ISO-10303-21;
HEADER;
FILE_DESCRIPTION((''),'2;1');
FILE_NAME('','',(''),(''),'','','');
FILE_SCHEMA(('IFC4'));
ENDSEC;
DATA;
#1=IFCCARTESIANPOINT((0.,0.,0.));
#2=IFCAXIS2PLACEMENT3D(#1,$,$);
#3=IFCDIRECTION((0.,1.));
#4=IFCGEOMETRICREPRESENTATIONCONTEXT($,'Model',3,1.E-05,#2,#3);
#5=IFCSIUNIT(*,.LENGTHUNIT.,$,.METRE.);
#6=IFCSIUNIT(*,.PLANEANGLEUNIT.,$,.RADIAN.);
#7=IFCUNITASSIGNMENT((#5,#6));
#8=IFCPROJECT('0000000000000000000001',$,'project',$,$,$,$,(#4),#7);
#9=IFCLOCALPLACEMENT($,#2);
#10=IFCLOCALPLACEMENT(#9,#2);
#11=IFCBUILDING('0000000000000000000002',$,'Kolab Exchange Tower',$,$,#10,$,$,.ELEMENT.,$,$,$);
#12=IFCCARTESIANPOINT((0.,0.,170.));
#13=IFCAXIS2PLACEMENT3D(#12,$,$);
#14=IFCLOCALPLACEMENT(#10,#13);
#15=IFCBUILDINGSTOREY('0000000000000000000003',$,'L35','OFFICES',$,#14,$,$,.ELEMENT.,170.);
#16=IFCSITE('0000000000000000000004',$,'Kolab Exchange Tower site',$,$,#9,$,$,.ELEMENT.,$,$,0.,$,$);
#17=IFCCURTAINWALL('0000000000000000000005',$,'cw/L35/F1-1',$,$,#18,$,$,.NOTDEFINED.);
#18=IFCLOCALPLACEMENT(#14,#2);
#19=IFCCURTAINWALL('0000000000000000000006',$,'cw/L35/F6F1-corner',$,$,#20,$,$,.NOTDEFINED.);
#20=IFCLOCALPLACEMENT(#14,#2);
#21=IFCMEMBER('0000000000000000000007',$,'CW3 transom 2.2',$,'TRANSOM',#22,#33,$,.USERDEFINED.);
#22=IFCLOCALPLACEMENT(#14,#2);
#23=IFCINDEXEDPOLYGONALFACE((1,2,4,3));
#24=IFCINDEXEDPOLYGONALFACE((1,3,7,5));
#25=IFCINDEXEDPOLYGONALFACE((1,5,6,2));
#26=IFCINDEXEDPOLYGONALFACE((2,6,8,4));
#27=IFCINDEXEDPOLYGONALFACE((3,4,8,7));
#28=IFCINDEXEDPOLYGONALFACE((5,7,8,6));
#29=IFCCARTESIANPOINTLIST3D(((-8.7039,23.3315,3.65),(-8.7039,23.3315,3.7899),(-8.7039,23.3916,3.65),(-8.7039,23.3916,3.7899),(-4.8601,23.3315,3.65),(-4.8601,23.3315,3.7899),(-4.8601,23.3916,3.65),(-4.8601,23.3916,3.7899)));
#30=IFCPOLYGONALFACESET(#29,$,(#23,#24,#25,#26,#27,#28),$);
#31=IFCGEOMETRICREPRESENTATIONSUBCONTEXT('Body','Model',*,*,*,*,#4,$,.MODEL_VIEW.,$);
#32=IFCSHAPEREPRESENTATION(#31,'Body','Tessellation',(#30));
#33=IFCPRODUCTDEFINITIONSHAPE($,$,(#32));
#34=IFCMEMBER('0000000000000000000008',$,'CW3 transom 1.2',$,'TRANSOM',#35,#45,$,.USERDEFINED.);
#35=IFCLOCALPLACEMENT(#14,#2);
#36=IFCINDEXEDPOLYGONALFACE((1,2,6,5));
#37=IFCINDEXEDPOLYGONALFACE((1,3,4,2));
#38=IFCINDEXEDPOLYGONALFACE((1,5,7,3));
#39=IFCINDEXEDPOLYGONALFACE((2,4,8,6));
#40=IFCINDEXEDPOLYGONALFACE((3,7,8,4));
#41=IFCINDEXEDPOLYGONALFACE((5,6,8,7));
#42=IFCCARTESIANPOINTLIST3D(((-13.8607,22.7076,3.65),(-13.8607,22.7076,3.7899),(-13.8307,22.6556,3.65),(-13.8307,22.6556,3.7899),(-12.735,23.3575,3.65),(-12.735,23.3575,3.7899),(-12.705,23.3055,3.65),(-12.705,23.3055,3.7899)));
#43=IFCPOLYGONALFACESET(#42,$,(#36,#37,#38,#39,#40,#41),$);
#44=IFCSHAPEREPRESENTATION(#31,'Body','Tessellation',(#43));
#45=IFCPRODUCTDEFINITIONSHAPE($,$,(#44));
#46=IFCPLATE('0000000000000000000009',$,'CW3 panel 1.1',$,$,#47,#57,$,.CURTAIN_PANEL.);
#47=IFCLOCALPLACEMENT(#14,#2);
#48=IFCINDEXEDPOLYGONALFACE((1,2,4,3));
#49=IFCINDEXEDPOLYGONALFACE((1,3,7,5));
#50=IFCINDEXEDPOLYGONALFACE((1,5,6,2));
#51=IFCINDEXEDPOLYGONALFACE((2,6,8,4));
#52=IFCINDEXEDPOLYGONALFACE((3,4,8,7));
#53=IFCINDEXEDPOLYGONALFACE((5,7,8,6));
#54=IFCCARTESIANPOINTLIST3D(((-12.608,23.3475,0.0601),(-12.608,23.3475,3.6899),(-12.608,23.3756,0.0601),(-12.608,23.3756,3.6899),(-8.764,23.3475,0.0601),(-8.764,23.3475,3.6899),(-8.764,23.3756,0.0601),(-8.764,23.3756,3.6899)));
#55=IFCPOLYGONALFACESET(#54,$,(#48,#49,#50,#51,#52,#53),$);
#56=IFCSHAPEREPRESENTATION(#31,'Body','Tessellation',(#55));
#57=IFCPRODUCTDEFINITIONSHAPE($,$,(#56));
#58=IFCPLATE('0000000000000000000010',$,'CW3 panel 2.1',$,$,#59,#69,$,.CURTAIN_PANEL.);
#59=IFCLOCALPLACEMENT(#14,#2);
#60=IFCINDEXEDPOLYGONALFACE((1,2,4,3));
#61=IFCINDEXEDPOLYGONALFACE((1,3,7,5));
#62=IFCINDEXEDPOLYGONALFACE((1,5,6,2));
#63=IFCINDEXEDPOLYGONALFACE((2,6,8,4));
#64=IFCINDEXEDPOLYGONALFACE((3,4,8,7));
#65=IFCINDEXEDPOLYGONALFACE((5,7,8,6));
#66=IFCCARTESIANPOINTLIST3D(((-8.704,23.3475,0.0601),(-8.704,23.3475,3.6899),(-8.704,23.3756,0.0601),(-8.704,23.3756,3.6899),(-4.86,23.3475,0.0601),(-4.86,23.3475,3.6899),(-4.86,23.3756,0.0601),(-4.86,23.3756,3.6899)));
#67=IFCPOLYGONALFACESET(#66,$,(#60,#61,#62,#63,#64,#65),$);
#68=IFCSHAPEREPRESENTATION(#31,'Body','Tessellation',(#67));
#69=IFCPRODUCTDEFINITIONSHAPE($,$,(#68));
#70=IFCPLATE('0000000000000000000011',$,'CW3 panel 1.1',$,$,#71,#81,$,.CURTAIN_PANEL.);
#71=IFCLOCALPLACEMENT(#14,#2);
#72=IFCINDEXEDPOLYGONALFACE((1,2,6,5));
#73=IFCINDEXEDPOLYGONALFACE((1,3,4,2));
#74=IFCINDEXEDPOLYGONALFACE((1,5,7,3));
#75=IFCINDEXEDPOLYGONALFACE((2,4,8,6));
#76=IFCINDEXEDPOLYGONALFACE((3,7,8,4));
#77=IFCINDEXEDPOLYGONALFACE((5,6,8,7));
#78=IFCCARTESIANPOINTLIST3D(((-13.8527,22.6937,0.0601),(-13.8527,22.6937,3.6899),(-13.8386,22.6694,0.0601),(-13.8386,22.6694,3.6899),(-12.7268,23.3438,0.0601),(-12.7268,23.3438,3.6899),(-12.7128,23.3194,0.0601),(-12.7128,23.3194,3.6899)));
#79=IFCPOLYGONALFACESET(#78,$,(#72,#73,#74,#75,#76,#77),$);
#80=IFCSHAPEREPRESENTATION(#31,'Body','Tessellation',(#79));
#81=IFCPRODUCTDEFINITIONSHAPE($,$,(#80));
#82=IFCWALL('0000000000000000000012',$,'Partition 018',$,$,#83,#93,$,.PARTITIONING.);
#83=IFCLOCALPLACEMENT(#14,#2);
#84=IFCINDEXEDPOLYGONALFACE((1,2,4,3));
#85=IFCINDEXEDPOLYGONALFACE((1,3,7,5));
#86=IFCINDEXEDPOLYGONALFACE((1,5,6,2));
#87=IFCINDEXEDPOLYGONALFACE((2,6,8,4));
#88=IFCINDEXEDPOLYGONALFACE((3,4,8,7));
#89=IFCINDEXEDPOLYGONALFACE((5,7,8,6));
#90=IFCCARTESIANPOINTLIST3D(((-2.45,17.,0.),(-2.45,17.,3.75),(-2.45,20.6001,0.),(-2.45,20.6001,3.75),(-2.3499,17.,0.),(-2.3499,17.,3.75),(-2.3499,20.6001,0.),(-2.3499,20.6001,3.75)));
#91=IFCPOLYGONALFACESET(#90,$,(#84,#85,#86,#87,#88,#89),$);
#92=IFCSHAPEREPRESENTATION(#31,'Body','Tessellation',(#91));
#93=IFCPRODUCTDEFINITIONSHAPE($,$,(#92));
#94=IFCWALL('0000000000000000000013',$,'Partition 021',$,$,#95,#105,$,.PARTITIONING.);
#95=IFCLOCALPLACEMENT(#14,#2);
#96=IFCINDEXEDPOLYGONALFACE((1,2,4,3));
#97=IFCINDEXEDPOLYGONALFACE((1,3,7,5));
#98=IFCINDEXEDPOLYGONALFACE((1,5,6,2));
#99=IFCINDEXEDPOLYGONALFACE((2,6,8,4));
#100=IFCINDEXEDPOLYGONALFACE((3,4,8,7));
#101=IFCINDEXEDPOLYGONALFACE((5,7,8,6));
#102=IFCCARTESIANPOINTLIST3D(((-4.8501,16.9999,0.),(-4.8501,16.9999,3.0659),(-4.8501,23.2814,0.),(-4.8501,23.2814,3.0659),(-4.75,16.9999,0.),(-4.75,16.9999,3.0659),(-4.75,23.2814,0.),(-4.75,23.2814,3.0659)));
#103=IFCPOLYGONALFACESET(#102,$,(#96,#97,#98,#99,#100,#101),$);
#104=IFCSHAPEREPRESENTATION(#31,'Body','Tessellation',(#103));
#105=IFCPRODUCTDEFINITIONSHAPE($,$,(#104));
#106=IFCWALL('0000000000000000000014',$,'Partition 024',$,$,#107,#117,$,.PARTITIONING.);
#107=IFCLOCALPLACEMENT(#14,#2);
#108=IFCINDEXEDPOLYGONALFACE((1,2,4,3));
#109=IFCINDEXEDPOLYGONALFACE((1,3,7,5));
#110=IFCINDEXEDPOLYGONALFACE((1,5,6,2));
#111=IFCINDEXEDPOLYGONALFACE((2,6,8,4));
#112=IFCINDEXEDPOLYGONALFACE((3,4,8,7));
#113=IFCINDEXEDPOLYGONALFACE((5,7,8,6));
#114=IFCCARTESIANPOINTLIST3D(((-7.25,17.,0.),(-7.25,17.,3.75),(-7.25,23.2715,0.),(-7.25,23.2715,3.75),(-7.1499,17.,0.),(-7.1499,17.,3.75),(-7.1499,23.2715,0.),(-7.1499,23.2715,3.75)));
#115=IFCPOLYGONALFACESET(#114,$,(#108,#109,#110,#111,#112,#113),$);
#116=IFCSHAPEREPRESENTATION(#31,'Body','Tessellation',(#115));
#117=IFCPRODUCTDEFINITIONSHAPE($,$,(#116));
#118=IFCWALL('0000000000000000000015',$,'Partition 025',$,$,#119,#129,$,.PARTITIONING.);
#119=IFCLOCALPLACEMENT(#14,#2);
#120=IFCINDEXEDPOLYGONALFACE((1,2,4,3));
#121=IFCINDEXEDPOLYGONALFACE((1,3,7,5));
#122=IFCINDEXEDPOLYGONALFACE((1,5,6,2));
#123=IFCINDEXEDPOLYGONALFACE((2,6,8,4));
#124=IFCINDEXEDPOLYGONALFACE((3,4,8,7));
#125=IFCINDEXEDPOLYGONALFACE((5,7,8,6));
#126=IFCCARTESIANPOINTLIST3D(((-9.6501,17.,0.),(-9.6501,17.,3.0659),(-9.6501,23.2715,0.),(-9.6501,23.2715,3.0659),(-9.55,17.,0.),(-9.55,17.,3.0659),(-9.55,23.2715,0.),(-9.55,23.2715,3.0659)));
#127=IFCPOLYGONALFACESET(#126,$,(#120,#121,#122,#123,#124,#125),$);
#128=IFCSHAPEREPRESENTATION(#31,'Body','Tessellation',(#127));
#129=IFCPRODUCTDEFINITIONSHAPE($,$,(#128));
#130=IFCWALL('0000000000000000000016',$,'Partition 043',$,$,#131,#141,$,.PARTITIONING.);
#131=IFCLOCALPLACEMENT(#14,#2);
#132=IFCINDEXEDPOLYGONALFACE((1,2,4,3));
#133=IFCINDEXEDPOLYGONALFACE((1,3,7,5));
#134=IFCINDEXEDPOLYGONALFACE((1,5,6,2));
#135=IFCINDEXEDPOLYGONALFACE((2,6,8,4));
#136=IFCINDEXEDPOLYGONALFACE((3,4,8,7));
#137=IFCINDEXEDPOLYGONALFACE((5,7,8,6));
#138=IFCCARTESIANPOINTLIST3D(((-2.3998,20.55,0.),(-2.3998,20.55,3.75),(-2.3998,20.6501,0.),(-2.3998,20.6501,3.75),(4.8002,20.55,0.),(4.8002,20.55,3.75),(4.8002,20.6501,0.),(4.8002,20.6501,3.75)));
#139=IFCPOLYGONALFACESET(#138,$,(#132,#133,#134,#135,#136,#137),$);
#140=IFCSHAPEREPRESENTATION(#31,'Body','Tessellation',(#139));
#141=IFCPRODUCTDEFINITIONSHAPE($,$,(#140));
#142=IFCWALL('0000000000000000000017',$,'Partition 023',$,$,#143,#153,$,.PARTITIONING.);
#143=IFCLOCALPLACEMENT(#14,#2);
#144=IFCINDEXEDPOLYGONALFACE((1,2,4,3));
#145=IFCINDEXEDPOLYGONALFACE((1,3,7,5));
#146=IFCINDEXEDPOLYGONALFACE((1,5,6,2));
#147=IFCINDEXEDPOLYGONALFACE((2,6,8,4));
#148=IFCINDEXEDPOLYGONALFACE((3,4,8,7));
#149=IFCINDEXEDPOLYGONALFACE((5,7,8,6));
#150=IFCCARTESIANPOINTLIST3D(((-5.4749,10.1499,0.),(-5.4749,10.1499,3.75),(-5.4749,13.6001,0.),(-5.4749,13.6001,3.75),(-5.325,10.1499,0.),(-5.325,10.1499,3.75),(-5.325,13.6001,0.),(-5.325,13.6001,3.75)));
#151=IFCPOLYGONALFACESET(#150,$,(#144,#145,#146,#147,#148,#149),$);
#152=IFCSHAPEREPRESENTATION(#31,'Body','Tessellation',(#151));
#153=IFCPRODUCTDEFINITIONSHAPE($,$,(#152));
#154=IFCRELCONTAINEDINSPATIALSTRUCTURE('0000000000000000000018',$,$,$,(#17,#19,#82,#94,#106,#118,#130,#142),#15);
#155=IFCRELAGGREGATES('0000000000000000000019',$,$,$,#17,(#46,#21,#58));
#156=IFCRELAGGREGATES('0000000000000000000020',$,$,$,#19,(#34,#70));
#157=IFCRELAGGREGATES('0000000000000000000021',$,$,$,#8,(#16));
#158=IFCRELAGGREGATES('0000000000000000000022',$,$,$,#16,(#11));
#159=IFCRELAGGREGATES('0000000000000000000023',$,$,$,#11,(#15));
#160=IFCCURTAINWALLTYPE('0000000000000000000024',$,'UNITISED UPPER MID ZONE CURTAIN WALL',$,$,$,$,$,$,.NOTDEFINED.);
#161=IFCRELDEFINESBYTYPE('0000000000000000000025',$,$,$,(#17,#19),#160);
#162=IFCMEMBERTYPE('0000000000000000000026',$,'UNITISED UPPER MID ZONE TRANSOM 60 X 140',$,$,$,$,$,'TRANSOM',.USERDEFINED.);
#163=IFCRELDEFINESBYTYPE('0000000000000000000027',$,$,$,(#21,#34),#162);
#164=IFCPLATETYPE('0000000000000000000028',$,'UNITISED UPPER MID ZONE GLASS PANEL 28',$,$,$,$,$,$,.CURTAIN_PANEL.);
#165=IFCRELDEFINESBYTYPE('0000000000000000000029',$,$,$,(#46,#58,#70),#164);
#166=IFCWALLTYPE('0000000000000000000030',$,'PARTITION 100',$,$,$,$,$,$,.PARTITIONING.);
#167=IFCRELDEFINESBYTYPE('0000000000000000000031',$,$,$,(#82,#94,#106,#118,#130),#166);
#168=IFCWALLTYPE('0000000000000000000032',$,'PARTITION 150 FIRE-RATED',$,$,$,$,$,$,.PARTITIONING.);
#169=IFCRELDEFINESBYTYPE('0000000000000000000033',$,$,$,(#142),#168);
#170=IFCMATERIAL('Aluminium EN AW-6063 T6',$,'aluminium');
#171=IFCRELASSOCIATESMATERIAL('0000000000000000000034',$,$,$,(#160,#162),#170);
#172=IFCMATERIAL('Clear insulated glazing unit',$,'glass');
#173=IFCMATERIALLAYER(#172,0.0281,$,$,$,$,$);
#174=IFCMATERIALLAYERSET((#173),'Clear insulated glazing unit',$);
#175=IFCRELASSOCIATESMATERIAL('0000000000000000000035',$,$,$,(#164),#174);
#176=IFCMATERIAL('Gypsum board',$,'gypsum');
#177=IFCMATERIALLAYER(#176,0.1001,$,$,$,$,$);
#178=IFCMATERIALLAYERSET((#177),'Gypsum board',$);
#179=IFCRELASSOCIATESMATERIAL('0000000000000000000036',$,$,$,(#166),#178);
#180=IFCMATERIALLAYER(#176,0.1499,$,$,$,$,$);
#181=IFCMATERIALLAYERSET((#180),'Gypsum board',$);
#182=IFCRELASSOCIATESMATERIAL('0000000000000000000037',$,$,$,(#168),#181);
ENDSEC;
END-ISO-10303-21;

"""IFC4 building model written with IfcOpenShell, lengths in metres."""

from ifc_helpers import new_model, si_unit, direction, frame, frame_2d, origin, origin_2d, place, context, subcontext, project, spatial, rectangle, extrude, material, layer, layer_set, material_profile, profile_set, type_object, element, aggregate, save


model = new_model("IFC4")

# Units and contexts
model_context = context("Model", 3, precision=1e-05, world=origin(), true_north=direction((0.0, 1.0)))
body_context = subcontext(model_context, "Body", "Model", "MODEL_VIEW")
ifc_project = project(units=[si_unit("LENGTHUNIT", "METRE"), si_unit("PLANEANGLEUNIT", "RADIAN")], contexts=[model_context])

# Site, building, storey
site_placement = place(None, origin())
site = spatial("IfcSite", under=ifc_project, at=site_placement, Name="Kolab Exchange Tower site", CompositionType="ELEMENT", RefElevation=0.0)
building_placement = place(site_placement, origin())
building = spatial("IfcBuilding", under=site, at=building_placement, Name="Kolab Exchange Tower", CompositionType="ELEMENT")
storey_placement = place(building_placement, frame((0.0, 0.0, 170.0)))
storey = spatial("IfcBuildingStorey", under=building, at=storey_placement, Name="L35", Description="OFFICES", CompositionType="ELEMENT", Elevation=170.0)

# Curtain wall
ifc_material_1 = material(Name="Aluminium EN AW-6063 T6", Category="aluminium")
curtain_wall_type = type_object("IfcCurtainWallType", Name="UNITISED UPPER MID ZONE CURTAIN WALL", PredefinedType="NOTDEFINED", material=ifc_material_1)
curtain_wall_1_placement = place(storey_placement, origin())
curtain_wall_1 = element("IfcCurtainWall", 1, at=curtain_wall_1_placement, inside=storey, type_object=curtain_wall_type, Name="cw/L35/F1-1", PredefinedType="NOTDEFINED")

# Curtain wall
curtain_wall_2_placement = place(storey_placement, origin())
curtain_wall_2 = element("IfcCurtainWall", 2, at=curtain_wall_2_placement, inside=storey, type_object=curtain_wall_type, Name="cw/L35/F6F1-corner", PredefinedType="NOTDEFINED")

# Members
ifc_material_profile_1 = material_profile(ifc_material_1, rectangle(XDim=0.0601, YDim=0.1399, at=origin_2d()), Name="RECT 60X140")
ifc_profile_set_1 = profile_set([ifc_material_profile_1], Name="Aluminium EN AW-6063 T6")
member_type_1 = type_object("IfcMemberType", Name="UNITISED UPPER MID ZONE TRANSOM 60 X 140", ElementType="TRANSOM", PredefinedType="USERDEFINED", material=ifc_profile_set_1)
member_1_placement = place(storey_placement, frame((-8.7039, 23.3616, 3.72), z_axis=(1.0, 0.0, 0.0), x_axis=(0.0, 1.0, 0.0)))
member_1 = element("IfcMember", 3, at=member_1_placement, type_object=member_type_1, Name="CW3 transom 2.2", ObjectType="TRANSOM", PredefinedType="USERDEFINED", context=body_context, shape_type="SweptSolid", body=[
    extrude(rectangle(XDim=0.0601, YDim=0.1399, at=origin_2d()), origin(), (0.0, 0.0, 1.0), 3.8438),
])
member_2_placement = place(storey_placement, frame((-13.8457, 22.6816, 3.72), z_axis=(0.866039, 0.499977, 0.0), x_axis=(-0.499977, 0.866039, 0.0)))
member_2 = element("IfcMember", 4, at=member_2_placement, type_object=member_type_1, Name="CW3 transom 1.2", ObjectType="TRANSOM", PredefinedType="USERDEFINED", context=body_context, shape_type="SweptSolid", body=[
    extrude(rectangle(XDim=0.0601, YDim=0.1399, at=origin_2d()), origin(), (0.0, 0.0, 1.0), 1.2998),
])

# Plates
ifc_material_2 = material(Name="Clear insulated glazing unit", Category="glass")
ifc_layer_1 = layer(ifc_material_2, 0.0281)
ifc_layer_set_1 = layer_set([ifc_layer_1], Name="Clear insulated glazing unit")
plate_type = type_object("IfcPlateType", Name="UNITISED UPPER MID ZONE GLASS PANEL 28", PredefinedType="CURTAIN_PANEL", material=ifc_layer_set_1)
plate_1_placement = place(storey_placement, frame((-10.686, 23.3616, 0.0601), z_axis=(0.0, 0.0, 1.0), x_axis=(1.0, 0.0, 0.0)))
plate_1 = element("IfcPlate", 5, at=plate_1_placement, type_object=plate_type, Name="CW3 panel 1.1", PredefinedType="CURTAIN_PANEL", context=body_context, shape_type="SweptSolid", body=[
    extrude(rectangle(XDim=3.844, YDim=0.0281, at=origin_2d()), origin(), (0.0, 0.0, 1.0), 3.6299),
])
plate_2_placement = place(storey_placement, frame((-6.782, 23.3616, 0.0601), z_axis=(0.0, 0.0, 1.0), x_axis=(1.0, 0.0, 0.0)))
plate_2 = element("IfcPlate", 6, at=plate_2_placement, type_object=plate_type, Name="CW3 panel 2.1", PredefinedType="CURTAIN_PANEL", context=body_context, shape_type="SweptSolid", body=[
    extrude(rectangle(XDim=3.844, YDim=0.0281, at=origin_2d()), origin(), (0.0, 0.0, 1.0), 3.6299),
])
aggregate(curtain_wall_1, [plate_1, member_1, plate_2])
plate_3_placement = place(storey_placement, frame((-13.2827, 23.0066, 0.0601), z_axis=(0.0, 0.0, 1.0), x_axis=(0.866025, 0.5, 0.0)))
plate_3 = element("IfcPlate", 7, at=plate_3_placement, type_object=plate_type, Name="CW3 panel 1.1", PredefinedType="CURTAIN_PANEL", context=body_context, shape_type="SweptSolid", body=[
    extrude(rectangle(XDim=1.3, YDim=0.0281, at=origin_2d()), origin(), (0.0, 0.0, 1.0), 3.6299),
])
aggregate(curtain_wall_2, [member_2, plate_3])

# Walls
ifc_material_3 = material(Name="Gypsum board", Category="gypsum")
ifc_layer_2 = layer(ifc_material_3, 0.1001)
ifc_layer_set_2 = layer_set([ifc_layer_2], Name="Gypsum board")
wall_type_1 = type_object("IfcWallType", Name="PARTITION 100", PredefinedType="PARTITIONING", material=ifc_layer_set_2)
wall_1_placement = place(storey_placement, frame((-2.3999, 17.0, 0.0), z_axis=(0.0, 0.0, 1.0), x_axis=(0.0, 1.0, 0.0)))
element("IfcWall", 8, at=wall_1_placement, inside=storey, type_object=wall_type_1, Name="Partition 018", PredefinedType="PARTITIONING", context=body_context, shape_type="SweptSolid", body=[
    extrude(rectangle(XDim=3.6001, YDim=0.1001, at=frame_2d((1.8, 0.0))), origin(), (0.0, 0.0, 1.0), 3.75),
])
wall_2_placement = place(storey_placement, frame((-4.8, 17.0, 0.0), z_axis=(0.0, 0.0, 1.0), x_axis=(0.0, 1.0, 0.0)))
element("IfcWall", 9, at=wall_2_placement, inside=storey, type_object=wall_type_1, Name="Partition 021", PredefinedType="PARTITIONING", context=body_context, shape_type="SweptSolid", body=[
    extrude(rectangle(XDim=6.2815, YDim=0.1001, at=frame_2d((3.1406, 0.0))), origin(), (0.0, 0.0, 1.0), 3.0659),
])
wall_3_placement = place(storey_placement, frame((-7.2, 17.0, 0.0), z_axis=(0.0, 0.0, 1.0), x_axis=(0.0, 1.0, 0.0)))
element("IfcWall", 10, at=wall_3_placement, inside=storey, type_object=wall_type_1, Name="Partition 024", PredefinedType="PARTITIONING", context=body_context, shape_type="SweptSolid", body=[
    extrude(rectangle(XDim=6.2715, YDim=0.1001, at=frame_2d((3.1357, 0.0))), origin(), (0.0, 0.0, 1.0), 3.75),
])
wall_4_placement = place(storey_placement, frame((-9.6001, 17.0, 0.0), z_axis=(0.0, 0.0, 1.0), x_axis=(0.0, 1.0, 0.0)))
element("IfcWall", 11, at=wall_4_placement, inside=storey, type_object=wall_type_1, Name="Partition 025", PredefinedType="PARTITIONING", context=body_context, shape_type="SweptSolid", body=[
    extrude(rectangle(XDim=6.2715, YDim=0.1001, at=frame_2d((3.1357, 0.0))), origin(), (0.0, 0.0, 1.0), 3.0659),
])
wall_5_placement = place(storey_placement, frame((-2.3999, 20.6001, 0.0), z_axis=(0.0, 0.0, 1.0), x_axis=(1.0, 0.0, 0.0)))
element("IfcWall", 12, at=wall_5_placement, inside=storey, type_object=wall_type_1, Name="Partition 043", PredefinedType="PARTITIONING", context=body_context, shape_type="SweptSolid", body=[
    extrude(rectangle(XDim=7.2, YDim=0.1001, at=frame_2d((3.6001, 0.0))), origin(), (0.0, 0.0, 1.0), 3.75),
])
ifc_layer_3 = layer(ifc_material_3, 0.1499)
ifc_layer_set_3 = layer_set([ifc_layer_3], Name="Gypsum board")
wall_type_2 = type_object("IfcWallType", Name="PARTITION 150 FIRE-RATED", PredefinedType="PARTITIONING", material=ifc_layer_set_3)
wall_6_placement = place(storey_placement, frame((-5.3999, 10.1499, 0.0), z_axis=(0.0, 0.0, 1.0), x_axis=(0.0, 1.0, 0.0)))
element("IfcWall", 13, at=wall_6_placement, inside=storey, type_object=wall_type_2, Name="Partition 023", PredefinedType="PARTITIONING", context=body_context, shape_type="SweptSolid", body=[
    extrude(rectangle(XDim=3.4502, YDim=0.1499, at=frame_2d((1.7251, 0.0))), origin(), (0.0, 0.0, 1.0), 3.75),
])

save(model, "model.ifc")
